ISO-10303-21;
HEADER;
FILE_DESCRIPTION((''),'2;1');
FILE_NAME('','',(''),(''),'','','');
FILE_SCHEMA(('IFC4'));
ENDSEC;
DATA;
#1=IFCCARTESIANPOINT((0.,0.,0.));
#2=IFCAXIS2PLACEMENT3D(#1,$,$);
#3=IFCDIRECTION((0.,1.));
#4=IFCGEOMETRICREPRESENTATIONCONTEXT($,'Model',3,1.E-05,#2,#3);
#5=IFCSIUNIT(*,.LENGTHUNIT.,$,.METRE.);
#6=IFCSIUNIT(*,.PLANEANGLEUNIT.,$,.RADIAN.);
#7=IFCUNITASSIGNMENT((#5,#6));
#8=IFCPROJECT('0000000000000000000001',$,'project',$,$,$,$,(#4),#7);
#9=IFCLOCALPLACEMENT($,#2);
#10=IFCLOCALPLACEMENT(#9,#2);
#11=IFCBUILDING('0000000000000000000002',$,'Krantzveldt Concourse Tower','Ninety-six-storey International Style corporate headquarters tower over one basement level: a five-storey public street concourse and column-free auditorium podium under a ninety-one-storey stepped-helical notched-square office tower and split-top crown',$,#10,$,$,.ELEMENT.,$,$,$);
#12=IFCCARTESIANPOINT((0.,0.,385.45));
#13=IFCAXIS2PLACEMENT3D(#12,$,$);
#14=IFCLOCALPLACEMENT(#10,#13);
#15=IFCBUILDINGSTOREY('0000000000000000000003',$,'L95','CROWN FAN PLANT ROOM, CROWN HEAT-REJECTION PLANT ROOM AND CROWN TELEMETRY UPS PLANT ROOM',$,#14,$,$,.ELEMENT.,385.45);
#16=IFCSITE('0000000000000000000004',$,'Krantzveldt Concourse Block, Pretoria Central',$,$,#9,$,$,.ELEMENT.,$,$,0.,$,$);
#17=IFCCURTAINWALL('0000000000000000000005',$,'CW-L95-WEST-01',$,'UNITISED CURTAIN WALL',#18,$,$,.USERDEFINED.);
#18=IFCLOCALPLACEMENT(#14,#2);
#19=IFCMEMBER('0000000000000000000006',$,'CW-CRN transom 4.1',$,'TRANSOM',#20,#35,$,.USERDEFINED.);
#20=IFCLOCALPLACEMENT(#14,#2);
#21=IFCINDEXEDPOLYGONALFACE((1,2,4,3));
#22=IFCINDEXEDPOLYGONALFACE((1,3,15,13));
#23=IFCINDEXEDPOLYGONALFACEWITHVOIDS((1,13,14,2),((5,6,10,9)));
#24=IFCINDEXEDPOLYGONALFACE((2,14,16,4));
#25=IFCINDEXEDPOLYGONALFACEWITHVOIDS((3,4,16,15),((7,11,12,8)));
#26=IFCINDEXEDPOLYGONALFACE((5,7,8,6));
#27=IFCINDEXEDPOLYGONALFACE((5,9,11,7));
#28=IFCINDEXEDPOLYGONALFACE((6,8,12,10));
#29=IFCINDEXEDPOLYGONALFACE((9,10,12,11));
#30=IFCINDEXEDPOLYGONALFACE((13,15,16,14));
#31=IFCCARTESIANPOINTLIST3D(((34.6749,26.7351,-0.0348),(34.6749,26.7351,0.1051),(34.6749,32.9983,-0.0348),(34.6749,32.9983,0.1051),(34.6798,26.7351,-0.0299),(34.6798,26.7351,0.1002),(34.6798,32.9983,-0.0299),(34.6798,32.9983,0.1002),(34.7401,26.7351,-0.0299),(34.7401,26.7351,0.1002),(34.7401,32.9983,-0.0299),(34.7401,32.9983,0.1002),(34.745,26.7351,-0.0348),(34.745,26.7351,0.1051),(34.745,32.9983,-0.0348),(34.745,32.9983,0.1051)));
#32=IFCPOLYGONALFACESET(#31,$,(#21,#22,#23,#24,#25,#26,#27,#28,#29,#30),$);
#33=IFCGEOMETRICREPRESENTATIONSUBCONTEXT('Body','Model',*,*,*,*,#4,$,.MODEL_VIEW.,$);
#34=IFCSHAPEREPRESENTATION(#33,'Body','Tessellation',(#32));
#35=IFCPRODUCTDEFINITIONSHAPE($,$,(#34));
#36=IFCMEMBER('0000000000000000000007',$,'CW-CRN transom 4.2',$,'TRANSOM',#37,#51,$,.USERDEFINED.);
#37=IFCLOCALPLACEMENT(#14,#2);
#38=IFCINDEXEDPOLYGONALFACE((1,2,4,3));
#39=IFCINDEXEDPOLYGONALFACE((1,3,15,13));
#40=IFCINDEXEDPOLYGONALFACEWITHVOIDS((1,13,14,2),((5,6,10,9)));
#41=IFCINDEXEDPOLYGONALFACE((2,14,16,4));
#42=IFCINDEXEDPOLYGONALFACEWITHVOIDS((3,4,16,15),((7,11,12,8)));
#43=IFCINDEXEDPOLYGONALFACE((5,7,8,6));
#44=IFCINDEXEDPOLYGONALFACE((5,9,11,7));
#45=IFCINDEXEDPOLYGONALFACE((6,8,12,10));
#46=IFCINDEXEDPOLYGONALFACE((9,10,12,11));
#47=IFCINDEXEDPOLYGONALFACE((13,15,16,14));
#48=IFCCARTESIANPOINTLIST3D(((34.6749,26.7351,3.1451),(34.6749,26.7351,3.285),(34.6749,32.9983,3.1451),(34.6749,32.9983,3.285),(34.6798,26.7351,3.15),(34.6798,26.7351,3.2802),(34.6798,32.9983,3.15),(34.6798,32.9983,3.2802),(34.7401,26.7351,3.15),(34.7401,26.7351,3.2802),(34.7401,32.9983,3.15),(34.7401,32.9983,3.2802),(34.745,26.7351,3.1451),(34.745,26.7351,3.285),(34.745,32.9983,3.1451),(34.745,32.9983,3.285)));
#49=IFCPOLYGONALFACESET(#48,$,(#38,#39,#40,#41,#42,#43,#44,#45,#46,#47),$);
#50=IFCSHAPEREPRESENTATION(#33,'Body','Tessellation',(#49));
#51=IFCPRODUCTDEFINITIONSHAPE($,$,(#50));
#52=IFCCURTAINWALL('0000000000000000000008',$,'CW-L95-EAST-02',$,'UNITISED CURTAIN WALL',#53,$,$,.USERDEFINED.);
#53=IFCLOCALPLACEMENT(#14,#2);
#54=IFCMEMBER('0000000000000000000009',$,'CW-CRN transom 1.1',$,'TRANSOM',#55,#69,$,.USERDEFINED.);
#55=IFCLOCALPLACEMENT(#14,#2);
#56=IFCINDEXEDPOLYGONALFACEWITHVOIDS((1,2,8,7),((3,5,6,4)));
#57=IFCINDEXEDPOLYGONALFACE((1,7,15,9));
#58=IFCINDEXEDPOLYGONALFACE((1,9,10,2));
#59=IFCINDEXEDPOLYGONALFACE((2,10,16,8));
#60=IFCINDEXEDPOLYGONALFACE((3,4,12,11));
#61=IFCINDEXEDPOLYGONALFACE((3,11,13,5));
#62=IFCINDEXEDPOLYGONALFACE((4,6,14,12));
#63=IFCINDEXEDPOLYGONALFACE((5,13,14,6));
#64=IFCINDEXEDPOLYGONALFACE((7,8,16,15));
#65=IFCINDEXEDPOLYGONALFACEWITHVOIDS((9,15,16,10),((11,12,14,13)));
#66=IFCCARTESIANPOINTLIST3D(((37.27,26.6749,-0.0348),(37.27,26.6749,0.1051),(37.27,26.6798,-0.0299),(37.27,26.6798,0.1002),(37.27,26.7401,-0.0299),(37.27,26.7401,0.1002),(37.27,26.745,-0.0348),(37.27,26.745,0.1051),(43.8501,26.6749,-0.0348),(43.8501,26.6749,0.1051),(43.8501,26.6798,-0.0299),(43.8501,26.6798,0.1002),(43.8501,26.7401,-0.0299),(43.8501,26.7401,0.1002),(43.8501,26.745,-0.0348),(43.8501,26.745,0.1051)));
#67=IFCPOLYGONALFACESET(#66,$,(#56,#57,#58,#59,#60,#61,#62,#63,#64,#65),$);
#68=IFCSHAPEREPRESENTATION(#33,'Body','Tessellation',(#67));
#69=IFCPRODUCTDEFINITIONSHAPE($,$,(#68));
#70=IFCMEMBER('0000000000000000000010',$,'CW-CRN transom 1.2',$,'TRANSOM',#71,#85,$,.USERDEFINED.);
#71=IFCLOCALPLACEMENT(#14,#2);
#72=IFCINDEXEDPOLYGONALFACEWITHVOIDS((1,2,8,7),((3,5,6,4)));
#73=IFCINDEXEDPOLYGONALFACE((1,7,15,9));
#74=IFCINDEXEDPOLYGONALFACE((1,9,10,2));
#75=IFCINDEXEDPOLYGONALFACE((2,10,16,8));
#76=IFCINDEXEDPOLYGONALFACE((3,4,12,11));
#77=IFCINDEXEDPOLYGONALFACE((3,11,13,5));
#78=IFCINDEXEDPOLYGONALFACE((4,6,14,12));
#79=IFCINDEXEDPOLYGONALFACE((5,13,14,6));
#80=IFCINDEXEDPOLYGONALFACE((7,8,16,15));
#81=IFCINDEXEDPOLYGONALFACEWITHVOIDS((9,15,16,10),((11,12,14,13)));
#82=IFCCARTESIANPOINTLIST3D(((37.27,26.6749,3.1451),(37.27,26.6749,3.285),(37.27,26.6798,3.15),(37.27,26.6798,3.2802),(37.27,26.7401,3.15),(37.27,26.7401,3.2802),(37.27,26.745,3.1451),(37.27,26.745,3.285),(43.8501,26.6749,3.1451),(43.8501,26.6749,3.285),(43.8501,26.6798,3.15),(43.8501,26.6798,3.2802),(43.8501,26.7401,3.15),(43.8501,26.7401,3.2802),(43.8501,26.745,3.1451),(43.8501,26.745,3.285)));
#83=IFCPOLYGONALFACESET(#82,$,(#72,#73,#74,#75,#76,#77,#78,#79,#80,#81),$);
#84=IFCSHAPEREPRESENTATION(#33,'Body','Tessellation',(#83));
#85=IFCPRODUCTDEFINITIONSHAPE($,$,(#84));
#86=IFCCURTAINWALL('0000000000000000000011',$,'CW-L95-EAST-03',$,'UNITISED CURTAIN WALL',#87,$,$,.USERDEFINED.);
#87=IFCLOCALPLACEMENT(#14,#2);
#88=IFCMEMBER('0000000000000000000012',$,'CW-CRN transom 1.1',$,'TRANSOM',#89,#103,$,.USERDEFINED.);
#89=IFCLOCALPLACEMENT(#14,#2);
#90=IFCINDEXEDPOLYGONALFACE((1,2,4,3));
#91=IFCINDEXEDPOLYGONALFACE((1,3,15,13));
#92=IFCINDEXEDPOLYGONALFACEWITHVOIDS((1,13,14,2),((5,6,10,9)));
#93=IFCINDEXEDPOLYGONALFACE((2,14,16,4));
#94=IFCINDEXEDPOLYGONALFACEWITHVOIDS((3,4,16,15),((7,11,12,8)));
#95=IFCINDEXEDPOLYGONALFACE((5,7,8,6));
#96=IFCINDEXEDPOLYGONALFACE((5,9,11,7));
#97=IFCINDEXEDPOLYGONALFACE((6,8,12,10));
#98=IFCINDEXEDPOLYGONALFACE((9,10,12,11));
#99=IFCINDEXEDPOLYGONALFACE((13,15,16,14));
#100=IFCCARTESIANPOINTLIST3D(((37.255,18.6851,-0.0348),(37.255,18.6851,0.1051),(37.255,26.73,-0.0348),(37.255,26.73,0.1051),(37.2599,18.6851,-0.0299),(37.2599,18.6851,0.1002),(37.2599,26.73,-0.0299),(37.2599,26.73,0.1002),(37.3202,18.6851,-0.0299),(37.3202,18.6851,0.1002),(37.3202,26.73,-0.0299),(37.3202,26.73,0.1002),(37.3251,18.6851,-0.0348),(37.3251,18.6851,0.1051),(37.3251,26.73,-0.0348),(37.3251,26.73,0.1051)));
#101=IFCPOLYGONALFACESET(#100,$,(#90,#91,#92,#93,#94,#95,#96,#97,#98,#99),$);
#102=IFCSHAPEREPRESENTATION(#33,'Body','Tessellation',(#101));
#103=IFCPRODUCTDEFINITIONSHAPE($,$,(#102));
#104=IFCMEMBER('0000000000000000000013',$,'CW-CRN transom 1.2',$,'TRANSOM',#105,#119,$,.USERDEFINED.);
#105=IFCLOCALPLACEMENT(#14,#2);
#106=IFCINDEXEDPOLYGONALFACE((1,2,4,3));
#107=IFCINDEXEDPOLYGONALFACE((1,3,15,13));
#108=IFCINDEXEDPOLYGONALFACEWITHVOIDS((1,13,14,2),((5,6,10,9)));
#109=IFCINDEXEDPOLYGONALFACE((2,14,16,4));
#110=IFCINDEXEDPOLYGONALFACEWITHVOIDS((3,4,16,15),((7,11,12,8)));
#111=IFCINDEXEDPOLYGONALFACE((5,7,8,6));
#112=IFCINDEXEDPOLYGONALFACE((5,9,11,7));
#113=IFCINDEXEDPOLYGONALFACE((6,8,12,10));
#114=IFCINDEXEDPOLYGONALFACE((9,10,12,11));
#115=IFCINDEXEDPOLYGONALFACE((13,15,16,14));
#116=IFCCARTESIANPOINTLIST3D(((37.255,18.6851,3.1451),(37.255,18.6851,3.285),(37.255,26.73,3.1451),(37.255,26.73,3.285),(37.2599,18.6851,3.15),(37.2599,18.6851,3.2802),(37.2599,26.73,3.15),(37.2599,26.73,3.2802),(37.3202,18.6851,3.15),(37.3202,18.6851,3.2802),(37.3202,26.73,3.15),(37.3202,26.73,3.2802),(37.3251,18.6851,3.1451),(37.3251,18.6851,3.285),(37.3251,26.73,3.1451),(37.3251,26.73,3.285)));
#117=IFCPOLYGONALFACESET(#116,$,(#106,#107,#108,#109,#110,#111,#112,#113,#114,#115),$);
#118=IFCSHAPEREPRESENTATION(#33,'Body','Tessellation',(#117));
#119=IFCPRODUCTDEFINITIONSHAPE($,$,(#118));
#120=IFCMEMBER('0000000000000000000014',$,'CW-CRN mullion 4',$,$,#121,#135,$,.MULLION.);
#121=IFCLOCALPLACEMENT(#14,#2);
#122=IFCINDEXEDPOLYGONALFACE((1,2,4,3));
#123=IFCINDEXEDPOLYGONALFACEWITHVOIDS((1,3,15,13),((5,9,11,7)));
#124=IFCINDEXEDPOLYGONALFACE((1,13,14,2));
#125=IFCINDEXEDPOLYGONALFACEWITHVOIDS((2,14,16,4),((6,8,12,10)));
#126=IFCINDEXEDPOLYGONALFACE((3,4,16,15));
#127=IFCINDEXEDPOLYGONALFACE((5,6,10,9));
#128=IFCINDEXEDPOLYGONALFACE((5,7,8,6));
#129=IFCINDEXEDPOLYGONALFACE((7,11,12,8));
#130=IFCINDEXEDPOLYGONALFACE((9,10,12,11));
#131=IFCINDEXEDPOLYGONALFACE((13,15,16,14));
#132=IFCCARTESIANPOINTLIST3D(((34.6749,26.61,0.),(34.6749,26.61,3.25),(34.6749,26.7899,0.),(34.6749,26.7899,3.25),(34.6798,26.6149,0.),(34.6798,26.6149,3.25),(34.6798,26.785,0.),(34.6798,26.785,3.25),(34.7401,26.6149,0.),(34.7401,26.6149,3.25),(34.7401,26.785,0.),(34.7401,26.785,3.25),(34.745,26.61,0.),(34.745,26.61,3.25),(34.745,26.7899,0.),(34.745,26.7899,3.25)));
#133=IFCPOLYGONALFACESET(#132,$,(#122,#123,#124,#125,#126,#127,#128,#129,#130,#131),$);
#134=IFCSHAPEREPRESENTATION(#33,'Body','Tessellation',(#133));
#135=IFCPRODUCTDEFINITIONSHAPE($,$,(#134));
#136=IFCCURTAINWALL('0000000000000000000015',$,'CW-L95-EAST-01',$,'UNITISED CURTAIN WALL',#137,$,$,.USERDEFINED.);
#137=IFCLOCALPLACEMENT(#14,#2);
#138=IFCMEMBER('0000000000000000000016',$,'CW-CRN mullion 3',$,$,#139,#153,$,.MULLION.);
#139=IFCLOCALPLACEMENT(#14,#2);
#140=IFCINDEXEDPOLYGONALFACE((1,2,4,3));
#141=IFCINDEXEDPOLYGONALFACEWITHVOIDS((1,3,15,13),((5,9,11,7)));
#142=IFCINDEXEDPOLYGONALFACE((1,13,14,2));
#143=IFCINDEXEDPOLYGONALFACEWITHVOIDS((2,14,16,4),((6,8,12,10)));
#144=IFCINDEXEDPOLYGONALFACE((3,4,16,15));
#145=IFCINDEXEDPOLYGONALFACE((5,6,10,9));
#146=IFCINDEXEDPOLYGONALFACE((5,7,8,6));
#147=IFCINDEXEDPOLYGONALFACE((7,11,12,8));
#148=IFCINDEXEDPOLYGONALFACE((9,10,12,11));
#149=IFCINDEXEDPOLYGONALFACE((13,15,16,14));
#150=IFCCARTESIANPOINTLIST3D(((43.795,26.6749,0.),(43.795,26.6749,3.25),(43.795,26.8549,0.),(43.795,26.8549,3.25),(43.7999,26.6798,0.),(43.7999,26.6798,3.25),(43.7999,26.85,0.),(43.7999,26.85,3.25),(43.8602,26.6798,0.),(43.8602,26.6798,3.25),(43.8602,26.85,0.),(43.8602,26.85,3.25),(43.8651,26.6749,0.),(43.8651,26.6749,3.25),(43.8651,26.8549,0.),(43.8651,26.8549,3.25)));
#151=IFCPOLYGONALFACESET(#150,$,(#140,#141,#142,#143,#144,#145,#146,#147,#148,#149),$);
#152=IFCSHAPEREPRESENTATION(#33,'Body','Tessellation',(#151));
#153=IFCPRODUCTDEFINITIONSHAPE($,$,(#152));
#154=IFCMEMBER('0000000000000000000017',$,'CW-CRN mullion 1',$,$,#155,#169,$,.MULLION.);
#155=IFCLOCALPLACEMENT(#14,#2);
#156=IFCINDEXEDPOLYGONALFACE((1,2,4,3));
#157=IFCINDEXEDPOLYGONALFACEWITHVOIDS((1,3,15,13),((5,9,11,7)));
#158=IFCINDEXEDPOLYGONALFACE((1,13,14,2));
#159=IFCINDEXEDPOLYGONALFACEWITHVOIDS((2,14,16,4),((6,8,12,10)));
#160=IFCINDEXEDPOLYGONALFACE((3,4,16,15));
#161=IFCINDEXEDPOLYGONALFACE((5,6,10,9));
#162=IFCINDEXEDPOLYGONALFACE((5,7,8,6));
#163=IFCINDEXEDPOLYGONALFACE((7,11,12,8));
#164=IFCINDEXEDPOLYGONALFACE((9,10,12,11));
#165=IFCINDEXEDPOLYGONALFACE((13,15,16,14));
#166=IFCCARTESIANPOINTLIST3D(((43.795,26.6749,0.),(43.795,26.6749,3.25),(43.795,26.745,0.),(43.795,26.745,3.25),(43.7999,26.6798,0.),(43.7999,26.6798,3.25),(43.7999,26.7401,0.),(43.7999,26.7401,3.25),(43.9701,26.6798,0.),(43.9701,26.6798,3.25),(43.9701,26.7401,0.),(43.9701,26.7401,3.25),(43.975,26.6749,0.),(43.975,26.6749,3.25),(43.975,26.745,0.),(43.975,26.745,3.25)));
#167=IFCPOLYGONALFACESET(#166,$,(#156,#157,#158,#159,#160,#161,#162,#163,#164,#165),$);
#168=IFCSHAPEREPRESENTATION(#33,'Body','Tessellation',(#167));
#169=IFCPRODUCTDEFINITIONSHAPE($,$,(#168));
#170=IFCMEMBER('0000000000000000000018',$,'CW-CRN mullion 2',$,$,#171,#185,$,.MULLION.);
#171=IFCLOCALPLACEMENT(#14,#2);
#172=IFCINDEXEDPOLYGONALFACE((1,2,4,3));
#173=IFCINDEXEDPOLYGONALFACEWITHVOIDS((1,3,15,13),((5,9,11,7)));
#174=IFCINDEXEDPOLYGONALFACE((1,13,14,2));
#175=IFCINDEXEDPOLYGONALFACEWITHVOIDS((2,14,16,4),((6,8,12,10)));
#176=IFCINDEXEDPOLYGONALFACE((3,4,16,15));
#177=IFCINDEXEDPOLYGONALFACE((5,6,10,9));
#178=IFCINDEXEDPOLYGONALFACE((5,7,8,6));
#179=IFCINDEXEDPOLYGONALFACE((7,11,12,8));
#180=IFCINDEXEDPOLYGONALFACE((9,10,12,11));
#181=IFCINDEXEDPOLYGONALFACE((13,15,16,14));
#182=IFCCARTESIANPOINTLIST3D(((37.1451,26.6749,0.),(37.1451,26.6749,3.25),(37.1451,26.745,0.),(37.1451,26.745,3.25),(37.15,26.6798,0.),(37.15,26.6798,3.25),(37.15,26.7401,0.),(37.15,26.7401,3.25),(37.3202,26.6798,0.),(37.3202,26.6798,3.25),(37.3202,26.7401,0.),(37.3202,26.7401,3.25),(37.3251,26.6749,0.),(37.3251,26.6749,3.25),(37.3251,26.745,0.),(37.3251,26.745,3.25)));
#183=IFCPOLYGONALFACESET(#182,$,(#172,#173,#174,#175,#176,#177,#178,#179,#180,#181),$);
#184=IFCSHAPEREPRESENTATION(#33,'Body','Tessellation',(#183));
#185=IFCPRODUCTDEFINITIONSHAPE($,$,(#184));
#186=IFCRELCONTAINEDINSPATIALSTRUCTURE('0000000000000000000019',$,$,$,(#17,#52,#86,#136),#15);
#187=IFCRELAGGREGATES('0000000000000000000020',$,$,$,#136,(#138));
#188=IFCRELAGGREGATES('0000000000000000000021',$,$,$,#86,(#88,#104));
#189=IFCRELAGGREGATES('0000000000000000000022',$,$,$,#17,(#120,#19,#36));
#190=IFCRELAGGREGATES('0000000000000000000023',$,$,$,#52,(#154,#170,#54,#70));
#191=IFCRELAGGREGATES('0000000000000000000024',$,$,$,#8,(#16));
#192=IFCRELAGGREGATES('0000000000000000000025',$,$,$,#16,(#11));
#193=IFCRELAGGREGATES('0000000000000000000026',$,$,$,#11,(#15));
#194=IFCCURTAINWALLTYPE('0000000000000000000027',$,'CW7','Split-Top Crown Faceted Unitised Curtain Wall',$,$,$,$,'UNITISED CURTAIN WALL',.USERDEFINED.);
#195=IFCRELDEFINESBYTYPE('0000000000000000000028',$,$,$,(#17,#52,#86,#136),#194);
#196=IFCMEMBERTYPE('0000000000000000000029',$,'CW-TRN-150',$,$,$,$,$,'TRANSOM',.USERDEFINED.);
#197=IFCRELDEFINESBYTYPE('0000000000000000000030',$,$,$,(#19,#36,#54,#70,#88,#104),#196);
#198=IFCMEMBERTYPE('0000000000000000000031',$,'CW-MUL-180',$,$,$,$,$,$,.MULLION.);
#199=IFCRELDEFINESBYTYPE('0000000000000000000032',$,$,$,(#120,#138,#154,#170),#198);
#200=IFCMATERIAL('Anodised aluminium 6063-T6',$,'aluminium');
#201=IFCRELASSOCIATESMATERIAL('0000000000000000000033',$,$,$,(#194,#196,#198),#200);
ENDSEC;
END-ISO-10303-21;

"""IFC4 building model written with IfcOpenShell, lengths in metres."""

from ifc_helpers import new_model, si_unit, direction, frame, origin, origin_2d, place, context, subcontext, project, spatial, hollow_rectangle, extrude, source, transform, mapped, material, material_profile, profile_set, type_object, type_shapes, element, aggregate, save


model = new_model("IFC4")

# Units and contexts
model_context = context("Model", 3, precision=1e-05, world=origin(), true_north=direction((0.0, 1.0)))
body_context = subcontext(model_context, "Body", "Model", "MODEL_VIEW")
ifc_project = project(units=[si_unit("LENGTHUNIT", "METRE"), si_unit("PLANEANGLEUNIT", "RADIAN")], contexts=[model_context])

# Site, building, storey
site_placement = place(None, origin())
site = spatial("IfcSite", under=ifc_project, at=site_placement, Name="Krantzveldt Concourse Block, Pretoria Central", CompositionType="ELEMENT", RefElevation=0.0)
building_placement = place(site_placement, origin())
building = spatial("IfcBuilding", under=site, at=building_placement, Name="Krantzveldt Concourse Tower", Description="Ninety-six-storey International Style corporate headquarters tower over one basement level: a five-storey public street concourse and column-free auditorium podium under a ninety-one-storey stepped-helical notched-square office tower and split-top crown", CompositionType="ELEMENT")
storey_placement = place(building_placement, frame((0.0, 0.0, 385.45)))
storey = spatial("IfcBuildingStorey", under=building, at=storey_placement, Name="L95", Description="CROWN FAN PLANT ROOM, CROWN HEAT-REJECTION PLANT ROOM AND CROWN TELEMETRY UPS PLANT ROOM", CompositionType="ELEMENT", Elevation=385.45)

# Curtain walls, members
ifc_material_1 = material(Name="Anodised aluminium 6063-T6", Category="aluminium")
curtain_wall_type = type_object("IfcCurtainWallType", Name="CW7", Description="Split-Top Crown Faceted Unitised Curtain Wall", ElementType="UNITISED CURTAIN WALL", PredefinedType="USERDEFINED", material=ifc_material_1)
curtain_wall_1_placement = place(storey_placement, origin())
curtain_wall_1 = element("IfcCurtainWall", 1, at=curtain_wall_1_placement, inside=storey, type_object=curtain_wall_type, Name="CW-L95-WEST-01", ObjectType="UNITISED CURTAIN WALL", PredefinedType="USERDEFINED")
ifc_material_profile_1 = material_profile(ifc_material_1, hollow_rectangle(XDim=0.0701, YDim=0.1399, WallThickness=0.0049, at=origin_2d()), Name="Anodised aluminium 6063-T6", Category="aluminium")
ifc_profile_set_1 = profile_set([ifc_material_profile_1], Name="Anodised aluminium 6063-T6 - ALU-TRAN 140x70x5")
member_type_1 = type_object("IfcMemberType", Name="CW-TRN-150", ElementType="TRANSOM", PredefinedType="USERDEFINED", material=ifc_profile_set_1)
shared_shape_1 = source(origin(), body_context, "Body", "SweptSolid", [
    extrude(hollow_rectangle(XDim=0.0701, YDim=0.1399, WallThickness=0.0049, at=origin_2d()), origin(), (0.0, 0.0, 1.0), 6.2632),
])
member_1_placement = place(storey_placement, frame((34.71, 26.7351, 0.0352), z_axis=(0.0, 1.0, 0.0), x_axis=(-1.0, 0.0, 0.0)))
member_1 = element("IfcMember", 2, at=member_1_placement, type_object=member_type_1, Name="CW-CRN transom 4.1", ObjectType="TRANSOM", PredefinedType="USERDEFINED", context=body_context, shape_type="MappedRepresentation", body=[
    mapped(shared_shape_1, transform((0.0, 0.0, 0.0), x_axis=(1.0, 0.0, 0.0), y_axis=(0.0, 1.0, 0.0), z_axis=(0.0, 0.0, 1.0), scale=1.0)),
])
member_2_placement = place(storey_placement, frame((34.71, 26.7351, 3.2151), z_axis=(0.0, 1.0, 0.0), x_axis=(-1.0, 0.0, 0.0)))
member_2 = element("IfcMember", 3, at=member_2_placement, type_object=member_type_1, Name="CW-CRN transom 4.2", ObjectType="TRANSOM", PredefinedType="USERDEFINED", context=body_context, shape_type="MappedRepresentation", body=[
    mapped(shared_shape_1, transform((0.0, 0.0, 0.0), x_axis=(1.0, 0.0, 0.0), y_axis=(0.0, 1.0, 0.0), z_axis=(0.0, 0.0, 1.0), scale=1.0)),
])
curtain_wall_2_placement = place(storey_placement, origin())
curtain_wall_2 = element("IfcCurtainWall", 4, at=curtain_wall_2_placement, inside=storey, type_object=curtain_wall_type, Name="CW-L95-EAST-02", ObjectType="UNITISED CURTAIN WALL", PredefinedType="USERDEFINED")
shared_shape_2 = source(origin(), body_context, "Body", "SweptSolid", [
    extrude(hollow_rectangle(XDim=0.0701, YDim=0.1399, WallThickness=0.0049, at=origin_2d()), origin(), (0.0, 0.0, 1.0), 6.5801),
])
member_3_placement = place(storey_placement, frame((43.8501, 26.71, 0.0352), z_axis=(-1.0, 0.0, 0.0), x_axis=(0.0, -1.0, 0.0)))
member_3 = element("IfcMember", 5, at=member_3_placement, type_object=member_type_1, Name="CW-CRN transom 1.1", ObjectType="TRANSOM", PredefinedType="USERDEFINED", context=body_context, shape_type="MappedRepresentation", body=[
    mapped(shared_shape_2, transform((0.0, 0.0, 0.0), x_axis=(1.0, 0.0, 0.0), y_axis=(0.0, 1.0, 0.0), z_axis=(0.0, 0.0, 1.0), scale=1.0)),
])
member_4_placement = place(storey_placement, frame((43.8501, 26.71, 3.2151), z_axis=(-1.0, 0.0, 0.0), x_axis=(0.0, -1.0, 0.0)))
member_4 = element("IfcMember", 6, at=member_4_placement, type_object=member_type_1, Name="CW-CRN transom 1.2", ObjectType="TRANSOM", PredefinedType="USERDEFINED", context=body_context, shape_type="MappedRepresentation", body=[
    mapped(shared_shape_2, transform((0.0, 0.0, 0.0), x_axis=(1.0, 0.0, 0.0), y_axis=(0.0, 1.0, 0.0), z_axis=(0.0, 0.0, 1.0), scale=1.0)),
])
curtain_wall_3_placement = place(storey_placement, origin())
curtain_wall_3 = element("IfcCurtainWall", 7, at=curtain_wall_3_placement, inside=storey, type_object=curtain_wall_type, Name="CW-L95-EAST-03", ObjectType="UNITISED CURTAIN WALL", PredefinedType="USERDEFINED")
shared_shape_3 = source(origin(), body_context, "Body", "SweptSolid", [
    extrude(hollow_rectangle(XDim=0.0701, YDim=0.1399, WallThickness=0.0049, at=origin_2d()), origin(), (0.0, 0.0, 1.0), 8.0449),
])
type_shapes(member_type_1, [shared_shape_1, shared_shape_2, shared_shape_3])
member_5_placement = place(storey_placement, frame((37.29, 26.73, 0.0352), z_axis=(0.0, -1.0, 0.0), x_axis=(1.0, 0.0, 0.0)))
member_5 = element("IfcMember", 8, at=member_5_placement, type_object=member_type_1, Name="CW-CRN transom 1.1", ObjectType="TRANSOM", PredefinedType="USERDEFINED", context=body_context, shape_type="MappedRepresentation", body=[
    mapped(shared_shape_3, transform((0.0, 0.0, 0.0), x_axis=(1.0, 0.0, 0.0), y_axis=(0.0, 1.0, 0.0), z_axis=(0.0, 0.0, 1.0), scale=1.0)),
])
member_6_placement = place(storey_placement, frame((37.29, 26.73, 3.2151), z_axis=(0.0, -1.0, 0.0), x_axis=(1.0, 0.0, 0.0)))
member_6 = element("IfcMember", 9, at=member_6_placement, type_object=member_type_1, Name="CW-CRN transom 1.2", ObjectType="TRANSOM", PredefinedType="USERDEFINED", context=body_context, shape_type="MappedRepresentation", body=[
    mapped(shared_shape_3, transform((0.0, 0.0, 0.0), x_axis=(1.0, 0.0, 0.0), y_axis=(0.0, 1.0, 0.0), z_axis=(0.0, 0.0, 1.0), scale=1.0)),
])

# Member
ifc_material_profile_2 = material_profile(ifc_material_1, hollow_rectangle(XDim=0.0701, YDim=0.1799, WallThickness=0.0049, at=origin_2d()), Name="Anodised aluminium 6063-T6", Category="aluminium")
ifc_profile_set_2 = profile_set([ifc_material_profile_2], Name="Anodised aluminium 6063-T6 - ALU-MULL 180x70x5")
member_type_2 = type_object("IfcMemberType", Name="CW-MUL-180", PredefinedType="MULLION", material=ifc_profile_set_2)
shared_shape_4 = source(origin(), body_context, "Body", "SweptSolid", [
    extrude(hollow_rectangle(XDim=0.0701, YDim=0.1799, WallThickness=0.0049, at=origin_2d()), origin(), (0.0, 0.0, 1.0), 3.25),
])
type_shapes(member_type_2, [shared_shape_4])
member_7_placement = place(storey_placement, frame((34.71, 26.7, 0.0), z_axis=(0.0, 0.0, 1.0), x_axis=(-1.0, 0.0, 0.0)))
member_7 = element("IfcMember", 10, at=member_7_placement, type_object=member_type_2, Name="CW-CRN mullion 4", PredefinedType="MULLION", context=body_context, shape_type="MappedRepresentation", body=[
    mapped(shared_shape_4, transform((0.0, 0.0, 0.0), x_axis=(1.0, 0.0, 0.0), y_axis=(0.0, 1.0, 0.0), z_axis=(0.0, 0.0, 1.0), scale=1.0)),
])

# Curtain wall, member
curtain_wall_4_placement = place(storey_placement, origin())
curtain_wall_4 = element("IfcCurtainWall", 11, at=curtain_wall_4_placement, inside=storey, type_object=curtain_wall_type, Name="CW-L95-EAST-01", ObjectType="UNITISED CURTAIN WALL", PredefinedType="USERDEFINED")
member_8_placement = place(storey_placement, frame((43.8301, 26.7649, 0.0), z_axis=(0.0, 0.0, 1.0), x_axis=(-1.0, 0.0, 0.0)))
member_8 = element("IfcMember", 12, at=member_8_placement, type_object=member_type_2, Name="CW-CRN mullion 3", PredefinedType="MULLION", context=body_context, shape_type="MappedRepresentation", body=[
    mapped(shared_shape_4, transform((0.0, 0.0, 0.0), x_axis=(1.0, 0.0, 0.0), y_axis=(0.0, 1.0, 0.0), z_axis=(0.0, 0.0, 1.0), scale=1.0)),
])
aggregate(curtain_wall_4, [member_8])

# Members
member_9_placement = place(storey_placement, frame((43.885, 26.71, 0.0), z_axis=(0.0, 0.0, 1.0), x_axis=(0.0, -1.0, 0.0)))
member_9 = element("IfcMember", 13, at=member_9_placement, type_object=member_type_2, Name="CW-CRN mullion 1", PredefinedType="MULLION", context=body_context, shape_type="MappedRepresentation", body=[
    mapped(shared_shape_4, transform((0.0, 0.0, 0.0), x_axis=(1.0, 0.0, 0.0), y_axis=(0.0, 1.0, 0.0), z_axis=(0.0, 0.0, 1.0), scale=1.0)),
])
member_10_placement = place(storey_placement, frame((37.2351, 26.71, 0.0), z_axis=(0.0, 0.0, 1.0), x_axis=(0.0, -1.0, 0.0)))
member_10 = element("IfcMember", 14, at=member_10_placement, type_object=member_type_2, Name="CW-CRN mullion 2", PredefinedType="MULLION", context=body_context, shape_type="MappedRepresentation", body=[
    mapped(shared_shape_4, transform((0.0, 0.0, 0.0), x_axis=(1.0, 0.0, 0.0), y_axis=(0.0, 1.0, 0.0), z_axis=(0.0, 0.0, 1.0), scale=1.0)),
])
aggregate(curtain_wall_3, [member_5, member_6])

aggregate(curtain_wall_1, [member_7, member_1, member_2])
aggregate(curtain_wall_2, [member_9, member_10, member_3, member_4])

save(model, "model.ifc")
